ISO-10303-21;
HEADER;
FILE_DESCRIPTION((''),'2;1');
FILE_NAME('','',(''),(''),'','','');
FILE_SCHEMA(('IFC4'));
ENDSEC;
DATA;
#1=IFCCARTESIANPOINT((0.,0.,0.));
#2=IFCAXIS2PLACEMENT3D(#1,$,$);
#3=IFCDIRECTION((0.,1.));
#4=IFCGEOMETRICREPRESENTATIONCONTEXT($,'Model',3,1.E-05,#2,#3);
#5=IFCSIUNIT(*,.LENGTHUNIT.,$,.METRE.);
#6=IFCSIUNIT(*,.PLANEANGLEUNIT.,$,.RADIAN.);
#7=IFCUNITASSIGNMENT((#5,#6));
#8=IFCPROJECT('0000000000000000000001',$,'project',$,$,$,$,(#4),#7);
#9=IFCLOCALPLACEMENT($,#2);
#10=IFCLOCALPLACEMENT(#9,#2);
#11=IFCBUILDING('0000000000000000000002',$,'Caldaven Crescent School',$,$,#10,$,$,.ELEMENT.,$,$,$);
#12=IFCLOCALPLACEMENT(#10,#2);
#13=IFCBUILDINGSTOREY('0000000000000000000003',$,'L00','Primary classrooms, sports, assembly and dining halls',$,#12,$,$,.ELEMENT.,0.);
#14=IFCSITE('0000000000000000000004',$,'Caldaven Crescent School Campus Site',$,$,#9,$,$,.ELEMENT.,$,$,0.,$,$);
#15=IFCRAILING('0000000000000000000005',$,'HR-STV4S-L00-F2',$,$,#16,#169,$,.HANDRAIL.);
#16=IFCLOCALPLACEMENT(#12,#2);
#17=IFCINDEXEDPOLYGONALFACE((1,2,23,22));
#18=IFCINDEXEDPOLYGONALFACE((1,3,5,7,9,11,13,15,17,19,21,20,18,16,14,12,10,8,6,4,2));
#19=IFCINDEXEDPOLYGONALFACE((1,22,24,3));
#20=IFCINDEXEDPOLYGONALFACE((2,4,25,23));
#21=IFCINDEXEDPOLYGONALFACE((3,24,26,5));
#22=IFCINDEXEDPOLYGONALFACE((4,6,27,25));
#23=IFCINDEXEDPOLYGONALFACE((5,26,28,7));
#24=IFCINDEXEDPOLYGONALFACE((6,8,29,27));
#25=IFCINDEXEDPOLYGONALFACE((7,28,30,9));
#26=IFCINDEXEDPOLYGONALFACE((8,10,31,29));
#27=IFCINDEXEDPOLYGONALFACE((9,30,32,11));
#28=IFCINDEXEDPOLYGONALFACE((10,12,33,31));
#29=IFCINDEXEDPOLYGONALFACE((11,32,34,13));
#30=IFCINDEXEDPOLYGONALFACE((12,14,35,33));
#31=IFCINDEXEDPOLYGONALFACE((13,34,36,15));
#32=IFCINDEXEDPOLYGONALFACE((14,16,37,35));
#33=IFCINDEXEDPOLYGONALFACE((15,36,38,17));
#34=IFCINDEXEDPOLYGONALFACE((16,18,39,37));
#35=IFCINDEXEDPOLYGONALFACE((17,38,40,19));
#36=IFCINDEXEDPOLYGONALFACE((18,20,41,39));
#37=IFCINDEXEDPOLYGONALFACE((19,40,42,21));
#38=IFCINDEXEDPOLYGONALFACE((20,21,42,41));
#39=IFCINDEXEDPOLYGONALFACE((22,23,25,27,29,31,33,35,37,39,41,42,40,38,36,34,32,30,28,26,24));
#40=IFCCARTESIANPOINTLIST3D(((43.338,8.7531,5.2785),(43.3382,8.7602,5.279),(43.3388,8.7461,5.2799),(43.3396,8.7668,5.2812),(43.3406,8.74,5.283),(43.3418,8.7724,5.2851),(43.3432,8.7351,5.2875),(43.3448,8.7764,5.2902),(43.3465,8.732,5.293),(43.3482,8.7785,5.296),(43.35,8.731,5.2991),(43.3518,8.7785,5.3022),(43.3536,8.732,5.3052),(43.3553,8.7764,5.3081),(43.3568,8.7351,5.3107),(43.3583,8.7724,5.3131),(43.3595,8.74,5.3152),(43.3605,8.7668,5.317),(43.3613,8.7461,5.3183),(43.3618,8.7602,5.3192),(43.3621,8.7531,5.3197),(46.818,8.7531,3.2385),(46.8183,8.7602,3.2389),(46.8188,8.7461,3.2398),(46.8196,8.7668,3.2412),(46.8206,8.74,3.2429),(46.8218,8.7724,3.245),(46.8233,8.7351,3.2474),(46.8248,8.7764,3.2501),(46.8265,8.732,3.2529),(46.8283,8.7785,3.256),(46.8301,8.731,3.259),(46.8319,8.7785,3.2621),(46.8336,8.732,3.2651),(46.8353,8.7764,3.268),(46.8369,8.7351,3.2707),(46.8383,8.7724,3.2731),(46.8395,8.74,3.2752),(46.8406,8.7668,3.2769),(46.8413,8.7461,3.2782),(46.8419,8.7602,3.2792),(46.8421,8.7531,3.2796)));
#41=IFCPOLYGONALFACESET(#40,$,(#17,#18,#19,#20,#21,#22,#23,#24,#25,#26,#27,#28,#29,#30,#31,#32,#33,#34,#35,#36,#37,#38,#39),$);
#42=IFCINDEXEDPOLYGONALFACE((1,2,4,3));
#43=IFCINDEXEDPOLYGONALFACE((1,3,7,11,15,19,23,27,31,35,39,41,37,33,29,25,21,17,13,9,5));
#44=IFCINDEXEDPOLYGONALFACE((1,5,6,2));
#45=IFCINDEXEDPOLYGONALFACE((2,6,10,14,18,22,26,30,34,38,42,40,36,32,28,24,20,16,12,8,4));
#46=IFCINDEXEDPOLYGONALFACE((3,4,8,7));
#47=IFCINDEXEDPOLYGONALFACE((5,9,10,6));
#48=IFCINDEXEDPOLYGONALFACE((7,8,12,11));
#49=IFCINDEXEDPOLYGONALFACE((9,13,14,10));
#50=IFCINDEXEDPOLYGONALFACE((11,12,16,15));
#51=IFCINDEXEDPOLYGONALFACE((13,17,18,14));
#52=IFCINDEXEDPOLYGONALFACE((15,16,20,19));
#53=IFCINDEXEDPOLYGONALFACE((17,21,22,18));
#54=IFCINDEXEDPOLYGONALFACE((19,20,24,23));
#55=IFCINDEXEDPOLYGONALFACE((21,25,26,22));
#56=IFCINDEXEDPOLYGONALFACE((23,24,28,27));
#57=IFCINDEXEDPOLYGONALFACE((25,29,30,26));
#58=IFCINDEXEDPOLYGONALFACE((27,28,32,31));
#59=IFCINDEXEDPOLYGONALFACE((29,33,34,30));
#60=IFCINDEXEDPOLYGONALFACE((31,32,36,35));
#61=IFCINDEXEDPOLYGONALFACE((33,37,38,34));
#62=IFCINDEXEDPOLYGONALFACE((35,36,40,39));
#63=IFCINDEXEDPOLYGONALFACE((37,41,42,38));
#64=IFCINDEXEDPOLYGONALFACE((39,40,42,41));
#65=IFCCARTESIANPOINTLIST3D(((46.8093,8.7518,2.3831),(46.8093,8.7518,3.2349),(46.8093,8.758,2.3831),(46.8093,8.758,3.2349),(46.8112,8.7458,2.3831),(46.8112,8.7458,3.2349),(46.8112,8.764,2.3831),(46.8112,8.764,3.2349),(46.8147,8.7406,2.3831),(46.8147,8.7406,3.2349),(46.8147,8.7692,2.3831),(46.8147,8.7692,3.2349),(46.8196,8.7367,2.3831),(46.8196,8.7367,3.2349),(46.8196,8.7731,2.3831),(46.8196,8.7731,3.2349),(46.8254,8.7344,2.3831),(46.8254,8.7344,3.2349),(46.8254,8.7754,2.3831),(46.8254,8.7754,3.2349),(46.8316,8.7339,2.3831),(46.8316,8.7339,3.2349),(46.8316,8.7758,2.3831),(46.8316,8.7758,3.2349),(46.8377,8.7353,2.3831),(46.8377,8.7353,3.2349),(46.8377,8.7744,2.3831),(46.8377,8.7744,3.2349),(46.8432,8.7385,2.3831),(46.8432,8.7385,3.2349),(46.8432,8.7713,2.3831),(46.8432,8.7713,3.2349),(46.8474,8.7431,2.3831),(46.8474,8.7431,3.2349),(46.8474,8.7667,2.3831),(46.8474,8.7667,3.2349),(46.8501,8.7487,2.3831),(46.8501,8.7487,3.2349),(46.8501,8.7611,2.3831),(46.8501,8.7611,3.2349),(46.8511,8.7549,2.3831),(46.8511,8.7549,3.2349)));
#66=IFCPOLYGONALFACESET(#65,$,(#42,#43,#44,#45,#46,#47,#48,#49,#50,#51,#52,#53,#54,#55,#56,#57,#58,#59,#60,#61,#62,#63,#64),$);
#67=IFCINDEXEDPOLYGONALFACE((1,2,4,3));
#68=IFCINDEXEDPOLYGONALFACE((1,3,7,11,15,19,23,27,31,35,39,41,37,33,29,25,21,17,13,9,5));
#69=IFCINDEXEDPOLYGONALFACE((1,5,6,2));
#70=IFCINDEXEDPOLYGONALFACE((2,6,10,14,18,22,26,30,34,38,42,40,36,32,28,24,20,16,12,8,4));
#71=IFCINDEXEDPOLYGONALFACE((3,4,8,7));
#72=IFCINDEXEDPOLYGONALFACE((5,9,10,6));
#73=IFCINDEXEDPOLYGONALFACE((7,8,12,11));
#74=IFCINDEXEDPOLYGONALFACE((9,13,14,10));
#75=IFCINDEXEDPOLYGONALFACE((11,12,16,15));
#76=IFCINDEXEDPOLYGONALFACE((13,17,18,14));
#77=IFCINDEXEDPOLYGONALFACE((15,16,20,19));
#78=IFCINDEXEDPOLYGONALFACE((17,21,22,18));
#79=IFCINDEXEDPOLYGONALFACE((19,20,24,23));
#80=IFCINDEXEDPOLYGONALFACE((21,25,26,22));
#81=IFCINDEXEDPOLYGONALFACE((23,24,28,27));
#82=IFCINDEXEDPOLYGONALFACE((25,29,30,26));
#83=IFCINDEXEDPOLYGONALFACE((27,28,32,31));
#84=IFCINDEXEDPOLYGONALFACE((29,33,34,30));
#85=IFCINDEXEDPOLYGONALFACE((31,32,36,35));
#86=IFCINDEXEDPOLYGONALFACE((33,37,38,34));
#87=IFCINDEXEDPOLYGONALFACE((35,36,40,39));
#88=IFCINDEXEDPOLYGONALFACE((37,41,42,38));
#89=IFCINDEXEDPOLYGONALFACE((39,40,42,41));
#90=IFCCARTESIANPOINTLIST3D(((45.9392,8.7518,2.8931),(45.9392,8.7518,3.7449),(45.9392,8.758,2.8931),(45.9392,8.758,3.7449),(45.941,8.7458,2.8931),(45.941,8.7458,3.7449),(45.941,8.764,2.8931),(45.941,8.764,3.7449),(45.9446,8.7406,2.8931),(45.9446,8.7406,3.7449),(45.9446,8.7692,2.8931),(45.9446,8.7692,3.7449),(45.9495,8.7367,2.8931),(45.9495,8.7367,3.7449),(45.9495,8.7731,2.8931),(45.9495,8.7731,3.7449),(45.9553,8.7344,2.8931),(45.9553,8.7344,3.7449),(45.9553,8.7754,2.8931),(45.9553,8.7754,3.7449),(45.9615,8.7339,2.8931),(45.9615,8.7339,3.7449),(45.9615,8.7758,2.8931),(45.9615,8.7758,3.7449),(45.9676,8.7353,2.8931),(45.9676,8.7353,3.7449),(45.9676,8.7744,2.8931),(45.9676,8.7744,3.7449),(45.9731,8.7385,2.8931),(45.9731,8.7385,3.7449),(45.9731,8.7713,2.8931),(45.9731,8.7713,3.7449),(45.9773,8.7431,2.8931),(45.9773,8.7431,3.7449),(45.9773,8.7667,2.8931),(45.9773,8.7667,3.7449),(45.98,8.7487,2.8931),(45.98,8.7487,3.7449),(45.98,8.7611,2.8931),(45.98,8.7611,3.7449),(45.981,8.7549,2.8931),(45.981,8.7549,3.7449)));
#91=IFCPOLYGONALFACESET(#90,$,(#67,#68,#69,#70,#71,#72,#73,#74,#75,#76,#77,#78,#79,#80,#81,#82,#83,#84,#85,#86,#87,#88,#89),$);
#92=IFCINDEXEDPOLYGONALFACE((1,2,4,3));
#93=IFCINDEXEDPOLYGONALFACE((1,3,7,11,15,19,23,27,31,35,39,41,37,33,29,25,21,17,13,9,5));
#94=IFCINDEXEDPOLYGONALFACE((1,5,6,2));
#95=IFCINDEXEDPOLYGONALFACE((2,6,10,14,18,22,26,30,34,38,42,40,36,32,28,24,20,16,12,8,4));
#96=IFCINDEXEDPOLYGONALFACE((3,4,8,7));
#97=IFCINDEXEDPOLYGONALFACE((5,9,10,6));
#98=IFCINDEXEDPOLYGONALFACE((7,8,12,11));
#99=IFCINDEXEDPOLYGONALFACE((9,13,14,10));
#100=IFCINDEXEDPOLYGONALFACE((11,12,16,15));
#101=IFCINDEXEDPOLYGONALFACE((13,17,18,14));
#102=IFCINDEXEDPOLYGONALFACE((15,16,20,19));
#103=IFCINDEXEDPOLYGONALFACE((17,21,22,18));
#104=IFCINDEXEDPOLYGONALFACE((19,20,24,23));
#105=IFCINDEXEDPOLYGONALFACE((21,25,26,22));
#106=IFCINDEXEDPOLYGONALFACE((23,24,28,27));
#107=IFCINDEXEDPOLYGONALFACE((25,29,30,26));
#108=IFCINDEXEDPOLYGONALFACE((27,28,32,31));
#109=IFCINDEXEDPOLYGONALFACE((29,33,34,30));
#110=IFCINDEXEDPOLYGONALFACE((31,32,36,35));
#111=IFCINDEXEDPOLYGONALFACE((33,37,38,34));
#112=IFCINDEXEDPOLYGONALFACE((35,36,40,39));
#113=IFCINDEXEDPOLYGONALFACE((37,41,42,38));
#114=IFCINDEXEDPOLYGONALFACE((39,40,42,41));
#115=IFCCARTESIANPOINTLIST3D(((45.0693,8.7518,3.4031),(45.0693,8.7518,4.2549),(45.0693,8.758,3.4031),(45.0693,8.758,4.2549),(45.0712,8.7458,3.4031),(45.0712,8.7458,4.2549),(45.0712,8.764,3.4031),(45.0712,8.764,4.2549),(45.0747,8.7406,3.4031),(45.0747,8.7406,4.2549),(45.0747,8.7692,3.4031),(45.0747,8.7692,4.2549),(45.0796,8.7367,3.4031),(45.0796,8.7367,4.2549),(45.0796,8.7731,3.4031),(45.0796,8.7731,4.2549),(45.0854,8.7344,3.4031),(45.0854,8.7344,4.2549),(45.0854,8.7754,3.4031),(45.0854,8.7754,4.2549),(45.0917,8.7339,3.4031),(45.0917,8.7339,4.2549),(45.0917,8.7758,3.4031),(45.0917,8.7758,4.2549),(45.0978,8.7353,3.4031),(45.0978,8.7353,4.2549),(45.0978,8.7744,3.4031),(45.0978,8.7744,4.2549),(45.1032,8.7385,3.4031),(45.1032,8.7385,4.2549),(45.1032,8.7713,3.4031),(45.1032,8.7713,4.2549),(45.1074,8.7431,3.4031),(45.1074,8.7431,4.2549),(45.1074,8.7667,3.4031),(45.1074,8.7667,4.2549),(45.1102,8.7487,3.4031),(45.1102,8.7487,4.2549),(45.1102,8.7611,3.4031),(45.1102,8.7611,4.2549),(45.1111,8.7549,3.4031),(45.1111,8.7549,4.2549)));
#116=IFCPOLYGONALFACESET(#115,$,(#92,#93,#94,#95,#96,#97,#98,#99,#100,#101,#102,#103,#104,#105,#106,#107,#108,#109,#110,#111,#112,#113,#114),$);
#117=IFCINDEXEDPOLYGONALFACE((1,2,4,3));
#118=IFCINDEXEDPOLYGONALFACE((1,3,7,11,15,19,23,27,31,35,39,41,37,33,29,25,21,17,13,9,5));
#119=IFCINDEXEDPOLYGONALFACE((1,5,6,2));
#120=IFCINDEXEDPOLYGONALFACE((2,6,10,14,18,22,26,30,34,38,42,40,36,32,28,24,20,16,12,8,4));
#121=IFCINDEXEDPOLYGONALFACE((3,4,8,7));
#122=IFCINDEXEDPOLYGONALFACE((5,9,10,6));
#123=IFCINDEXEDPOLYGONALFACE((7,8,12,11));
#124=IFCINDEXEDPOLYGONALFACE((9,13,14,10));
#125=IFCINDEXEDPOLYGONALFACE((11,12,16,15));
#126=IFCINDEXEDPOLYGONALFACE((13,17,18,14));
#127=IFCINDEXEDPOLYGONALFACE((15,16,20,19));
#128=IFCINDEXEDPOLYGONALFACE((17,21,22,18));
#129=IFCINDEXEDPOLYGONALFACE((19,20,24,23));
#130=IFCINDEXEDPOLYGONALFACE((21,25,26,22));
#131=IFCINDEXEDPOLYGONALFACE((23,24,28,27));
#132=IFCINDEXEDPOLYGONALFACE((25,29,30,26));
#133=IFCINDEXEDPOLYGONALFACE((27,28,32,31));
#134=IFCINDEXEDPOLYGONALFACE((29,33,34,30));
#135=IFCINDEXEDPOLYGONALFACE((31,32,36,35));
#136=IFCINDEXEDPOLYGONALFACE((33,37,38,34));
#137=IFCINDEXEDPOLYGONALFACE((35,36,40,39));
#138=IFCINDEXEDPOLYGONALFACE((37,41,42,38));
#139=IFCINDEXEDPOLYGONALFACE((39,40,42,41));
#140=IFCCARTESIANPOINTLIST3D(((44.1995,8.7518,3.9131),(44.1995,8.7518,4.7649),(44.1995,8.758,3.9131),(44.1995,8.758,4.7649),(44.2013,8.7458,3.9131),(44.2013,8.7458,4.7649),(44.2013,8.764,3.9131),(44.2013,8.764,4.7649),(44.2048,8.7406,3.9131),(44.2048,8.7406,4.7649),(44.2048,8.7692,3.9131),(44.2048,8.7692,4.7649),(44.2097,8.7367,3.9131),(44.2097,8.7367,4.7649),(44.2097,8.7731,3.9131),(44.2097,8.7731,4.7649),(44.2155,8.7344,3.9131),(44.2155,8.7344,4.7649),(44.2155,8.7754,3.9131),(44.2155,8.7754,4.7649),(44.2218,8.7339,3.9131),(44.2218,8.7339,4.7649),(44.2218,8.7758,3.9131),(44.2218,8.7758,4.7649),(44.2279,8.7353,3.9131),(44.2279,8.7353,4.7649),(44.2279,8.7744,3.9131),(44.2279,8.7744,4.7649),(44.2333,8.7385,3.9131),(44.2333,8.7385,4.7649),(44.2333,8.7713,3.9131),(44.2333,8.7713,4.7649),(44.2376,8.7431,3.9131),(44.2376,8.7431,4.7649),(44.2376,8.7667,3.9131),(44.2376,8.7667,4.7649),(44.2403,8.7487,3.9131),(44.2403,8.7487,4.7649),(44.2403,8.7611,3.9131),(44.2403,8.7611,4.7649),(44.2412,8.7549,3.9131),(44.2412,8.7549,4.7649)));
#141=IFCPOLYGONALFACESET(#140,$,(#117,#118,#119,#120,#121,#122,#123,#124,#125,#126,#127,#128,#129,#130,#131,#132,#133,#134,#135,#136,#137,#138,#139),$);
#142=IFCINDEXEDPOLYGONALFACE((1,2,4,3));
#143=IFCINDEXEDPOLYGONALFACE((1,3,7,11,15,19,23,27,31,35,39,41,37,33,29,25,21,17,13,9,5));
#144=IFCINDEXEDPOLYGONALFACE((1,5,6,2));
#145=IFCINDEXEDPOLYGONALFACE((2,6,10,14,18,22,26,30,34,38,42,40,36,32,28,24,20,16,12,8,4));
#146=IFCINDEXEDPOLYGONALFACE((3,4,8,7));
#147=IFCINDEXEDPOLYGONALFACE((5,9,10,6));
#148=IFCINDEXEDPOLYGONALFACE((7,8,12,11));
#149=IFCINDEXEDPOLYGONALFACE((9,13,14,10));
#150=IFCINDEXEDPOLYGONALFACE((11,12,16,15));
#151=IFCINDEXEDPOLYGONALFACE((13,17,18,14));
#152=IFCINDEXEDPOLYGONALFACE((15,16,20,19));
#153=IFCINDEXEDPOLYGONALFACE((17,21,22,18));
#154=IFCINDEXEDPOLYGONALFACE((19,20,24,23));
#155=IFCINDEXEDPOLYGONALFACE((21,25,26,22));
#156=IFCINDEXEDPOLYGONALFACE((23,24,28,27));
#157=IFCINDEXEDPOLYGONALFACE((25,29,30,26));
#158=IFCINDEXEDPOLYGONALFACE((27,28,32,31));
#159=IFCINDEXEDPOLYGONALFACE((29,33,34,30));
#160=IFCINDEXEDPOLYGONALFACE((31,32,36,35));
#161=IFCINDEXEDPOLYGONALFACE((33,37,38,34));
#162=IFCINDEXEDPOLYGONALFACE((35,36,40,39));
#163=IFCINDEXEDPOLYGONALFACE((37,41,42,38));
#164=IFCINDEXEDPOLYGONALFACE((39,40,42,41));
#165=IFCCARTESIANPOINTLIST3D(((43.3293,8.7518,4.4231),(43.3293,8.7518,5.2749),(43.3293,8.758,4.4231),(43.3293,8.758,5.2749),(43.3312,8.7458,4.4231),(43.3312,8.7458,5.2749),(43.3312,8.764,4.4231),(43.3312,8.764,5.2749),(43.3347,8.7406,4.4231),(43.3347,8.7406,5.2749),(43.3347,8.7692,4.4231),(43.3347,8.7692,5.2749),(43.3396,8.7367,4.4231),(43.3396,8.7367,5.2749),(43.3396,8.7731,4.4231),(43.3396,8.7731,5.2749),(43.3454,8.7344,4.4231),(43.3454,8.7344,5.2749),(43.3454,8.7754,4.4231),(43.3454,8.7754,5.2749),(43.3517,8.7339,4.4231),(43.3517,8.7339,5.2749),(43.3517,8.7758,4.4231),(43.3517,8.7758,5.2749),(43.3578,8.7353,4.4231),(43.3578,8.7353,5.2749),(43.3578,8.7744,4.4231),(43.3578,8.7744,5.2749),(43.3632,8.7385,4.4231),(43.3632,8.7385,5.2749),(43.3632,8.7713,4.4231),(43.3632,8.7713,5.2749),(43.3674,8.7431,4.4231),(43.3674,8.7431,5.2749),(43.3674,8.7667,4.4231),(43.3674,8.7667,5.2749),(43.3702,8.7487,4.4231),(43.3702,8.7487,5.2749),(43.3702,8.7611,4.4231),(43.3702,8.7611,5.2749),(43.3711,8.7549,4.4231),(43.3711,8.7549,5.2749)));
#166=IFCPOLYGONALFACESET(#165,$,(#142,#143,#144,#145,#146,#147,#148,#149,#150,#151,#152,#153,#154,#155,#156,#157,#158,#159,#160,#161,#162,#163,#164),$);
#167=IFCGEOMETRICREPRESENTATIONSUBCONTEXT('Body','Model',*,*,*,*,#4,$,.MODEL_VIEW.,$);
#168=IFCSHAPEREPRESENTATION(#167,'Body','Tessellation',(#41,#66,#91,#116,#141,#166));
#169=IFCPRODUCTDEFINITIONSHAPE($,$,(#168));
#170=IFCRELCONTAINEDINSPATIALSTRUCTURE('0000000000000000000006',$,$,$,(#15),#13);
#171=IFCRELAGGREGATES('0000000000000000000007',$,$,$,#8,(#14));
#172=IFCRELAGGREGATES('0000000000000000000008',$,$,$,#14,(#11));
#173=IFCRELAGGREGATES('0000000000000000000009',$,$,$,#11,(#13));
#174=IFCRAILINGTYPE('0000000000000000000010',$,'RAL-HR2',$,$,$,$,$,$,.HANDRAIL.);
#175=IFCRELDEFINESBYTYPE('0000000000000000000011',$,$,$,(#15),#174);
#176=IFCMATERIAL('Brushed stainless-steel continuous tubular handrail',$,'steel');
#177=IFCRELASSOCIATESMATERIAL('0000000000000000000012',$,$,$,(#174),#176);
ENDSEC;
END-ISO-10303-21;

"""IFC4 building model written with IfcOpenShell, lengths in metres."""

from ifc_helpers import new_model, si_unit, direction, frame, origin, origin_2d, place, context, subcontext, project, spatial, circle, extrude, material, type_object, element, save


model = new_model("IFC4")

# Units and contexts
model_context = context("Model", 3, precision=1e-05, world=origin(), true_north=direction((0.0, 1.0)))
body_context = subcontext(model_context, "Body", "Model", "MODEL_VIEW")
ifc_project = project(units=[si_unit("LENGTHUNIT", "METRE"), si_unit("PLANEANGLEUNIT", "RADIAN")], contexts=[model_context])

# Site, building, storey
site_placement = place(None, origin())
site = spatial("IfcSite", under=ifc_project, at=site_placement, Name="Caldaven Crescent School Campus Site", CompositionType="ELEMENT", RefElevation=0.0)
building_placement = place(site_placement, origin())
building = spatial("IfcBuilding", under=site, at=building_placement, Name="Caldaven Crescent School", CompositionType="ELEMENT")
storey_placement = place(building_placement, origin())
storey = spatial("IfcBuildingStorey", under=building, at=storey_placement, Name="L00", Description="Primary classrooms, sports, assembly and dining halls", CompositionType="ELEMENT", Elevation=0.0)

# Railing
ifc_material_1 = material(Name="Brushed stainless-steel continuous tubular handrail", Category="steel")
railing_type_1 = type_object("IfcRailingType", Name="RAL-HR2", PredefinedType="HANDRAIL", material=ifc_material_1)
railing_1_placement = place(storey_placement, frame((46.8301, 8.7549, 2.3831)))
element("IfcRailing", 1, at=railing_1_placement, inside=storey, type_object=railing_type_1, Name="HR-STV4S-L00-F2", PredefinedType="HANDRAIL", context=body_context, shape_type="SweptSolid", body=[
    extrude(circle(Radius=0.0239, at=origin_2d()), frame((0.0, 0.0, 0.876), z_axis=(-0.862693, 0.0, 0.505729), x_axis=(0.0, -1.0, 0.0)), (0.0, 0.0, 1.0), 4.0339),
    extrude(circle(Radius=0.021, at=origin_2d()), origin(), (0.0, 0.0, 1.0), 0.8518),
    extrude(circle(Radius=0.021, at=origin_2d()), frame((-0.8701, 0.0, 0.51)), (0.0, 0.0, 1.0), 0.8518),
    extrude(circle(Radius=0.021, at=origin_2d()), frame((-1.74, 0.0, 1.02)), (0.0, 0.0, 1.0), 0.8518),
    extrude(circle(Radius=0.021, at=origin_2d()), frame((-2.6099, 0.0, 1.53)), (0.0, 0.0, 1.0), 0.8518),
    extrude(circle(Radius=0.021, at=origin_2d()), frame((-3.48, 0.0, 2.04)), (0.0, 0.0, 1.0), 0.8518),
])

save(model, "model.ifc")
